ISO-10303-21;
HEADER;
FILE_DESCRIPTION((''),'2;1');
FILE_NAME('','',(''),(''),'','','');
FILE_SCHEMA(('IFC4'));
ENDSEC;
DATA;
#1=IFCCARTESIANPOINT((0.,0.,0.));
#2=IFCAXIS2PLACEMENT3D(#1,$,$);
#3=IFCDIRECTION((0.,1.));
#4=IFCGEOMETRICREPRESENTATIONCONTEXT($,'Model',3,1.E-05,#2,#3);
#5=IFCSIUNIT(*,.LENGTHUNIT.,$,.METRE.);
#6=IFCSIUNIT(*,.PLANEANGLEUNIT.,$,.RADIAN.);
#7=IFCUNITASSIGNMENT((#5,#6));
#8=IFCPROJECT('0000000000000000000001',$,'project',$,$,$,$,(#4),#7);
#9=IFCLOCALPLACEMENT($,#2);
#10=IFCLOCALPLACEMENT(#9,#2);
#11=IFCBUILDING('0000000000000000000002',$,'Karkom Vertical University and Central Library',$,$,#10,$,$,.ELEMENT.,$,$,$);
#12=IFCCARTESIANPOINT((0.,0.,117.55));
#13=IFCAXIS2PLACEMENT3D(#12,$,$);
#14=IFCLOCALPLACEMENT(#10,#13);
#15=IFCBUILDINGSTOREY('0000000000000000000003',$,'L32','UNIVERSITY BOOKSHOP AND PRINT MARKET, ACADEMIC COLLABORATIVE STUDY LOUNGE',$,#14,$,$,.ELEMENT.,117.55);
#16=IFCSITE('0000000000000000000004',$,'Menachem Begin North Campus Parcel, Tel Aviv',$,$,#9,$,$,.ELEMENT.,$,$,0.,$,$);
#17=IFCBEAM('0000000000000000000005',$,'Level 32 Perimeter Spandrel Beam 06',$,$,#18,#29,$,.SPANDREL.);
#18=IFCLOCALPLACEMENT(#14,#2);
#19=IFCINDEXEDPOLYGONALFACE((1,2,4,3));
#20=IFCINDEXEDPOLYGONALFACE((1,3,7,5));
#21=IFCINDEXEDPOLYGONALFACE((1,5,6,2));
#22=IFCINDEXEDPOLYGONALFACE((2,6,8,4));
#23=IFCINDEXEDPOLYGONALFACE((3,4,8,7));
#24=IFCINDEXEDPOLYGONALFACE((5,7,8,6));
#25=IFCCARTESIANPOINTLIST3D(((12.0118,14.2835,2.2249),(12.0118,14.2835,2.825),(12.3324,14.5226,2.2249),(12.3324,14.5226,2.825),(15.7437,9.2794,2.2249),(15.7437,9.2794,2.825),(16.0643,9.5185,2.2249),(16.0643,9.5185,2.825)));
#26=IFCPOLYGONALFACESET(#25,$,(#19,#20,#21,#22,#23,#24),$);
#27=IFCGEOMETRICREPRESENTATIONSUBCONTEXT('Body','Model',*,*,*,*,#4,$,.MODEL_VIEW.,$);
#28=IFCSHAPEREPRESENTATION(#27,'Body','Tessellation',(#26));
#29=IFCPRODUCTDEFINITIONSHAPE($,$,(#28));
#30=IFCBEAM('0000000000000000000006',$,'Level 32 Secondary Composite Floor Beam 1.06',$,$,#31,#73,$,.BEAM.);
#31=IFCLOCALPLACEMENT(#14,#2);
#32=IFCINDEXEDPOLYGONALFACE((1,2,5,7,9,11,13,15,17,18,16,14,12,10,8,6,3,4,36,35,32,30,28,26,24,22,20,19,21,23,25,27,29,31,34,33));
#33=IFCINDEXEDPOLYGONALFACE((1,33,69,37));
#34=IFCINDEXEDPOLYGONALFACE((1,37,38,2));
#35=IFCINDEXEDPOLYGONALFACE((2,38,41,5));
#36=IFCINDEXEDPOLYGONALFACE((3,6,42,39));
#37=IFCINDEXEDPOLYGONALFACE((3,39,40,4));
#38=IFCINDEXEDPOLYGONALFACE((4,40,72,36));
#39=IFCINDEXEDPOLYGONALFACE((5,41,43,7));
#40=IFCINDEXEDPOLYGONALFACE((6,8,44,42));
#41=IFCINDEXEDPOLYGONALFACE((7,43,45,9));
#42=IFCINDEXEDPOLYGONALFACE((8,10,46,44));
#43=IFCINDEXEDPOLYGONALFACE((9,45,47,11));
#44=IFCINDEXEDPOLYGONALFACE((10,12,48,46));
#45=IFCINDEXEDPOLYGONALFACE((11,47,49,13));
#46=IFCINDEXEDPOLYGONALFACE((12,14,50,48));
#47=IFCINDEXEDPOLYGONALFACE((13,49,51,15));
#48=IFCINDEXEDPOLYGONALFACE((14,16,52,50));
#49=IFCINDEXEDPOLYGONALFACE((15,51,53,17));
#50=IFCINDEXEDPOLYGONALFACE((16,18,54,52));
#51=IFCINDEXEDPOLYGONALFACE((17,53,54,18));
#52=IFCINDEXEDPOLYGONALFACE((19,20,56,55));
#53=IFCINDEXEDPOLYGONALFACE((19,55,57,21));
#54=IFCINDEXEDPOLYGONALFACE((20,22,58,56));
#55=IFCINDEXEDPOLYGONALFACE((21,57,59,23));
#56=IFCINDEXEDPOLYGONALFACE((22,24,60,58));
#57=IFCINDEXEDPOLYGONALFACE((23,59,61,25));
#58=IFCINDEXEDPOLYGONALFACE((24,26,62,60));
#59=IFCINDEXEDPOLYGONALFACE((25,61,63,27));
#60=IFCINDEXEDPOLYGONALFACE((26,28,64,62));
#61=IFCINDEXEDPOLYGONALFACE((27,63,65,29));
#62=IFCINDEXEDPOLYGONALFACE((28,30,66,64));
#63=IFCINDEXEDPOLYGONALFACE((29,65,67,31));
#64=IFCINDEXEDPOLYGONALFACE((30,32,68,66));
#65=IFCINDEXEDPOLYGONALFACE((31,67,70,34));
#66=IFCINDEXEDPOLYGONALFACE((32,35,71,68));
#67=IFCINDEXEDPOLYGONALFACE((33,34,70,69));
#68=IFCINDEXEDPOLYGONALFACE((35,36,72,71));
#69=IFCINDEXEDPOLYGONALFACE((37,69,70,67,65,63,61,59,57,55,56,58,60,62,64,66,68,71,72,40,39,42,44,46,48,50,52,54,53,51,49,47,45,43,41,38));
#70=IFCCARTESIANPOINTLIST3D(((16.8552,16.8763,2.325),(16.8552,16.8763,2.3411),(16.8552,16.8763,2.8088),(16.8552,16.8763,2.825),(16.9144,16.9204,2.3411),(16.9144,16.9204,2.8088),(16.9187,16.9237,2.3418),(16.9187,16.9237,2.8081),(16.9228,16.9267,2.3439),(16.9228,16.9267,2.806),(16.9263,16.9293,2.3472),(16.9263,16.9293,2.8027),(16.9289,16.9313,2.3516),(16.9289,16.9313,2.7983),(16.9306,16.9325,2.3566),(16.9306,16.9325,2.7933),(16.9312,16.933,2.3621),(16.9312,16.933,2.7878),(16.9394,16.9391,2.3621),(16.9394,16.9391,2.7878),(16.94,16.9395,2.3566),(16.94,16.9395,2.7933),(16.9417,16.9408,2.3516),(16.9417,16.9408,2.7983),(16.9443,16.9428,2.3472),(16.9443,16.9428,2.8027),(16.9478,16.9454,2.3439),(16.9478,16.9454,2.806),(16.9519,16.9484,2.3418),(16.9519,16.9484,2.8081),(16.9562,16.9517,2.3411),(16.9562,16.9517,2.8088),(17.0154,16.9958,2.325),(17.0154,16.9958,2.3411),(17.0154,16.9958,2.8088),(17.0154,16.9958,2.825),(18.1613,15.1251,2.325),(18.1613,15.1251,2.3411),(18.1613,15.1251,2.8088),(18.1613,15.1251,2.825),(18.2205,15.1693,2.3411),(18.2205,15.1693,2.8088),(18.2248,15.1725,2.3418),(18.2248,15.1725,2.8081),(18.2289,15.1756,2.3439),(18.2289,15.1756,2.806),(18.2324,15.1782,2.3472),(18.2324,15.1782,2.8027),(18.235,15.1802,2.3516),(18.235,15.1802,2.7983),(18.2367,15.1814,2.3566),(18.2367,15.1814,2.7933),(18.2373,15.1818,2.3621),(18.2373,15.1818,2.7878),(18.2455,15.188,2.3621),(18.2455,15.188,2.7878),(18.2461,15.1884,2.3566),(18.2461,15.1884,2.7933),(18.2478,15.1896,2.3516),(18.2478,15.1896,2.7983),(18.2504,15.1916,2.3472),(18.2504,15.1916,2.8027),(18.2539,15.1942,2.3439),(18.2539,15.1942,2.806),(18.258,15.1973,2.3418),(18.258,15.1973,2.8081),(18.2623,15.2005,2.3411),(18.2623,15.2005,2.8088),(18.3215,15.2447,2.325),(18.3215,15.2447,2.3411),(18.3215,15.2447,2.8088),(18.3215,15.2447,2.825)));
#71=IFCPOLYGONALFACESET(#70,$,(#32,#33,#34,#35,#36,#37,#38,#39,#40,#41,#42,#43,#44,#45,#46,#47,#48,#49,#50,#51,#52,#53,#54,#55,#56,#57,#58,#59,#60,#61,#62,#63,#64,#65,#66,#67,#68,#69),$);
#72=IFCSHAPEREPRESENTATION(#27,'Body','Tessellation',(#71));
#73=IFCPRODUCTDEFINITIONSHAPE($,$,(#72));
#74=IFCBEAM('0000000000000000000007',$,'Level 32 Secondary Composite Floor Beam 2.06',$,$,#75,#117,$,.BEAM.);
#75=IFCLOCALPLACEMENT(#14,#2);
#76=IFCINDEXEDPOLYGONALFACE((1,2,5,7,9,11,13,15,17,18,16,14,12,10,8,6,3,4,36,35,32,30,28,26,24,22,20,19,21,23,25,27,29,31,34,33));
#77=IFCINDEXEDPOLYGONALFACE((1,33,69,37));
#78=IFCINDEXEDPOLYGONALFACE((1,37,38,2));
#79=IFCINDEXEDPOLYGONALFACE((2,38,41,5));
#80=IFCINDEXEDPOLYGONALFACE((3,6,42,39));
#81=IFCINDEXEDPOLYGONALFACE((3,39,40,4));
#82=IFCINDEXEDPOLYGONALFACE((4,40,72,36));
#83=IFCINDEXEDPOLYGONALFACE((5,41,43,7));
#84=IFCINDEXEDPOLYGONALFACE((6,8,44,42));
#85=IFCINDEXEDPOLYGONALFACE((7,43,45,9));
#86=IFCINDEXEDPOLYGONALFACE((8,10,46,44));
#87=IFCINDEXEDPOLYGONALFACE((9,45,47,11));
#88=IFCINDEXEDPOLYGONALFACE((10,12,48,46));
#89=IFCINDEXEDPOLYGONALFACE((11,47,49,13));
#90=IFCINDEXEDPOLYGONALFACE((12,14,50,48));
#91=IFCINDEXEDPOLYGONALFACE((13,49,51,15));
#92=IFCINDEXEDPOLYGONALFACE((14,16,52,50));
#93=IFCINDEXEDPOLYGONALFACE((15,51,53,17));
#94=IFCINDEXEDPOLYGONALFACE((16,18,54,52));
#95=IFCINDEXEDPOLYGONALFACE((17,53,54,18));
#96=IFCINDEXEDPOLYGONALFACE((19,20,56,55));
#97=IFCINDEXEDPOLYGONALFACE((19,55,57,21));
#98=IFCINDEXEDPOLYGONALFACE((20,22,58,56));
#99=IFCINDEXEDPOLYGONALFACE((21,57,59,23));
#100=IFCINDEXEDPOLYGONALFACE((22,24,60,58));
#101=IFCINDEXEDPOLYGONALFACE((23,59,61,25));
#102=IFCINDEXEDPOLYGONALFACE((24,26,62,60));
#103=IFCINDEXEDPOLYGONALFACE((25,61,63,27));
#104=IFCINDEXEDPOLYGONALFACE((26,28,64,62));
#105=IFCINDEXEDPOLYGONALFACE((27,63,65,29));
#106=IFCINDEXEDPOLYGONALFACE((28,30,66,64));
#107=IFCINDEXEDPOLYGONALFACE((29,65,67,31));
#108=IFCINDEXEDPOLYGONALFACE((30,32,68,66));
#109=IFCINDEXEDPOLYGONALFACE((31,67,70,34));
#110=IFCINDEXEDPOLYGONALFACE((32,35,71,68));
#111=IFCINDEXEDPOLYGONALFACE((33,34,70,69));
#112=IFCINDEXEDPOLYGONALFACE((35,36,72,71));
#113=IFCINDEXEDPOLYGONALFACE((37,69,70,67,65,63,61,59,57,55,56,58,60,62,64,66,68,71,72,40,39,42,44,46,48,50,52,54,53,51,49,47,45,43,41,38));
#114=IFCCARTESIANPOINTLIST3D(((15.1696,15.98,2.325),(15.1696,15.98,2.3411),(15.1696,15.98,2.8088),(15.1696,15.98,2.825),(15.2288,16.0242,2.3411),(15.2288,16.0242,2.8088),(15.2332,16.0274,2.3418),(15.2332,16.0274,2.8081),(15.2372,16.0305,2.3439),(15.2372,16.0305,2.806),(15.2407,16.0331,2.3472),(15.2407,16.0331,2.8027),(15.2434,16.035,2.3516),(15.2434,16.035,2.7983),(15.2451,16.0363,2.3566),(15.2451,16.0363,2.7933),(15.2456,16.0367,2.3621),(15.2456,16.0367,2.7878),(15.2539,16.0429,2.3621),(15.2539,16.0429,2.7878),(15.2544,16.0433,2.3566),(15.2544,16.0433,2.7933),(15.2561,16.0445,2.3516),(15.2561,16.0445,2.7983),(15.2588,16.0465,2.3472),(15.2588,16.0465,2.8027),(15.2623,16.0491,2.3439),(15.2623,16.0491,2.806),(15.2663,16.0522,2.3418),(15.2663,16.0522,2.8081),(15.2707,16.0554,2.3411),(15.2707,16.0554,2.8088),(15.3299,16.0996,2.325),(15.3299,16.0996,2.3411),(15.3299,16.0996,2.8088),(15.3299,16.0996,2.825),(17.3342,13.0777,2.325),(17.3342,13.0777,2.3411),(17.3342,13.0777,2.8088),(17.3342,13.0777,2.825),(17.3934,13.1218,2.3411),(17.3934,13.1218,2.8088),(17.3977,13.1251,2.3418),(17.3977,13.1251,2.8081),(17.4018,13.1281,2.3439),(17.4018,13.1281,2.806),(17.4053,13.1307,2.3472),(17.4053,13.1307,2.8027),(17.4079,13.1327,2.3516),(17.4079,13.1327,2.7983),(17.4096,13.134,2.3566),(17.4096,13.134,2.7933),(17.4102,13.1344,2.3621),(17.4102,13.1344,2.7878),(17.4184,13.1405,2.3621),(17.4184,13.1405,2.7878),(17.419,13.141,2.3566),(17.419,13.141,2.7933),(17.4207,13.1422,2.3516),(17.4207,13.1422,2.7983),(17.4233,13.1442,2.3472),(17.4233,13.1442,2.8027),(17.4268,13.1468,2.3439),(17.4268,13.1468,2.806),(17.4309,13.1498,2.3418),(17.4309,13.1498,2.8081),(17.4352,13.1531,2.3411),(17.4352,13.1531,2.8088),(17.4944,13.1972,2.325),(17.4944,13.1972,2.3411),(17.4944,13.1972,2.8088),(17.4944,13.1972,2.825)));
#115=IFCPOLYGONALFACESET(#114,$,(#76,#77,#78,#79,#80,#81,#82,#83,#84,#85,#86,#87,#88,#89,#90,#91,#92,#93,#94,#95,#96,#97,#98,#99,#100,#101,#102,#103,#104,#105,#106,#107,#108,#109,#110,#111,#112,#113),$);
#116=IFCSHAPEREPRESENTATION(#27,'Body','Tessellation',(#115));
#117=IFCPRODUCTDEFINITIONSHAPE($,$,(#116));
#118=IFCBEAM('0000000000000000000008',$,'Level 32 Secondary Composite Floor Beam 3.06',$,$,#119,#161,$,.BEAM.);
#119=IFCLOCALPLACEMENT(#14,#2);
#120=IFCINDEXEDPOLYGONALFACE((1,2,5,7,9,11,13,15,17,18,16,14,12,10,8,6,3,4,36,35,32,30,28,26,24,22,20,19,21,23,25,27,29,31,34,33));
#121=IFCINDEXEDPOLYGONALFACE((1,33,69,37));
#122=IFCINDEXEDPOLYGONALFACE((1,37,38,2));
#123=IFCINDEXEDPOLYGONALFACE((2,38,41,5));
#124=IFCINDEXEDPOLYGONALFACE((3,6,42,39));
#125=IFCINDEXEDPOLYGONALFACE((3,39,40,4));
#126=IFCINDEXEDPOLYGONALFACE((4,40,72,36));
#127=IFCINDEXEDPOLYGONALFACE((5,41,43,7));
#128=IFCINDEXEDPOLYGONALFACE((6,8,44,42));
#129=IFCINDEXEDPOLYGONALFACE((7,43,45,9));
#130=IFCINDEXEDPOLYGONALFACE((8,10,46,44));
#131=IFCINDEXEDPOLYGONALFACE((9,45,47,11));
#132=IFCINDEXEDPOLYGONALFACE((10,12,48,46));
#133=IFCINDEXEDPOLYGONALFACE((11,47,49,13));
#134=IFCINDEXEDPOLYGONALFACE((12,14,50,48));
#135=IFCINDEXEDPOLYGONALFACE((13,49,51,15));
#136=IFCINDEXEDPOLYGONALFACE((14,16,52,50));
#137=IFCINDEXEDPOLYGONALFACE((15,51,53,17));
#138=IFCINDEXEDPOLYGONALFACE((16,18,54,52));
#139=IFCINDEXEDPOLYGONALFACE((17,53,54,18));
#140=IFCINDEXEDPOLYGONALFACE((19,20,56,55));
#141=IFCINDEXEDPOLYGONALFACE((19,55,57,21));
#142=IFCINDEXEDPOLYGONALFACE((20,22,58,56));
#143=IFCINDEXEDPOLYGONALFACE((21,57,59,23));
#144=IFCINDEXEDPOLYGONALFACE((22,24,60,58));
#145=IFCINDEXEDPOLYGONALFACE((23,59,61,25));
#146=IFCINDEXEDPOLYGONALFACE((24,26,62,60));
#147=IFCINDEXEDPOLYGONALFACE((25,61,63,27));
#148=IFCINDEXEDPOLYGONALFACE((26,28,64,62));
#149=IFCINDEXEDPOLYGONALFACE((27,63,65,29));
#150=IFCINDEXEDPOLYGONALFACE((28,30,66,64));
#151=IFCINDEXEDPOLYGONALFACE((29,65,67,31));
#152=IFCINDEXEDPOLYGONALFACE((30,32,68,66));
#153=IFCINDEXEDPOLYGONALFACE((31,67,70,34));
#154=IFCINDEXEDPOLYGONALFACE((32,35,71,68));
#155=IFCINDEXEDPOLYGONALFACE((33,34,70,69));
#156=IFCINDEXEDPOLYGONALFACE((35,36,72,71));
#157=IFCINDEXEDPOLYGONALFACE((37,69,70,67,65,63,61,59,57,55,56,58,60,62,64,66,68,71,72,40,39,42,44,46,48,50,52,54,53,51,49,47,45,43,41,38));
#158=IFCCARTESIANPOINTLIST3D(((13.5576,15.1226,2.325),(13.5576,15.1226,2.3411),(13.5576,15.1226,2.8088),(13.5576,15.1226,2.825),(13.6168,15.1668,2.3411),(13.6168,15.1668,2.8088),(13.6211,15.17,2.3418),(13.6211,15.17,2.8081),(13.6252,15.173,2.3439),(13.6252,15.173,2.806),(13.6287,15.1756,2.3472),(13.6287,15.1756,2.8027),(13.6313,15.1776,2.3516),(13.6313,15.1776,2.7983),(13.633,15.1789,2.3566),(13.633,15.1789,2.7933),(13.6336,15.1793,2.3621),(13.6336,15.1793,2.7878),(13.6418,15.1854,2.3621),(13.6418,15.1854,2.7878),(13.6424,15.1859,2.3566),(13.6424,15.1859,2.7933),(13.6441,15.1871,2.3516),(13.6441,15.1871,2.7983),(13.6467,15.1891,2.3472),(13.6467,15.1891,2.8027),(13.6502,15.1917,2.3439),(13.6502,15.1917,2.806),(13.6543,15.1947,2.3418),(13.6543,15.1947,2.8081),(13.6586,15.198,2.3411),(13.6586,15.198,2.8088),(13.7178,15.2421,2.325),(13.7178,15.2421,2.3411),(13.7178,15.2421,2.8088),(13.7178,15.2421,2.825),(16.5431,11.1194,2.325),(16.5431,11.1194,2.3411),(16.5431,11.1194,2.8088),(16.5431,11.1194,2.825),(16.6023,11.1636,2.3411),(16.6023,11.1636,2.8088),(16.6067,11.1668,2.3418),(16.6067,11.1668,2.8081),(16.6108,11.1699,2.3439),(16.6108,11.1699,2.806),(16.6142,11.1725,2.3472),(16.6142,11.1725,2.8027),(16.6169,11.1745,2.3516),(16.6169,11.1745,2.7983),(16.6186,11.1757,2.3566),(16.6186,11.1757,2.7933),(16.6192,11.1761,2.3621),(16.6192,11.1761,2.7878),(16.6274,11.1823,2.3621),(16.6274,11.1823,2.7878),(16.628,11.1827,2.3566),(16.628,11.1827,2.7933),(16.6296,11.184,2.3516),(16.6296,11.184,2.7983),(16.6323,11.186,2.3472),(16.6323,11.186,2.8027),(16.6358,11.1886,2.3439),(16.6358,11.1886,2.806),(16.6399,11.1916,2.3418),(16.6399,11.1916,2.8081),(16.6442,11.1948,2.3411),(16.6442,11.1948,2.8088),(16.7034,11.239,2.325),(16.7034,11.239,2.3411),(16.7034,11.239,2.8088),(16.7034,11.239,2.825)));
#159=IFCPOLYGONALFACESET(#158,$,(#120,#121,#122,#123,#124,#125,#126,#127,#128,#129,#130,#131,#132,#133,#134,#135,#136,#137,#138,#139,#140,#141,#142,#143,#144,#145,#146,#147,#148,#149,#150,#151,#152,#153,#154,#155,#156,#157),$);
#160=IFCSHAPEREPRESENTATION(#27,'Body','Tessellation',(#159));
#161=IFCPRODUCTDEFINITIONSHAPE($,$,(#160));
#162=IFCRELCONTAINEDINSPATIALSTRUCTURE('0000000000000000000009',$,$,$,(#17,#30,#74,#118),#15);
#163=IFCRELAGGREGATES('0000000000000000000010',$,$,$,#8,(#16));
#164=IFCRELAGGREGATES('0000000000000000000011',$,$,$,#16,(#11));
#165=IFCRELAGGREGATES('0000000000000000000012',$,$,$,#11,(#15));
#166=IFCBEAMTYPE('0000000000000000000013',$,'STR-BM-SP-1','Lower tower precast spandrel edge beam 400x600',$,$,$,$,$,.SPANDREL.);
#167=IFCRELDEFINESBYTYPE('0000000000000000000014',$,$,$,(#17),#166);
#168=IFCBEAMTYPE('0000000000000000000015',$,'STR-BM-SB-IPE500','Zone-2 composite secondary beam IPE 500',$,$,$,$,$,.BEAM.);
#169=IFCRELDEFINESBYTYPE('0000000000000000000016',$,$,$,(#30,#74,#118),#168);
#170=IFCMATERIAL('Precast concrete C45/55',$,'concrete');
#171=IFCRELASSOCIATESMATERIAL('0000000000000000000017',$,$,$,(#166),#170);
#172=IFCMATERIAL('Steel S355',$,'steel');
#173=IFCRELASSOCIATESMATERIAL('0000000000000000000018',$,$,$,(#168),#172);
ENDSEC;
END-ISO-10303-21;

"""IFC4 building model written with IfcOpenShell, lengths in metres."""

from ifc_helpers import new_model, si_unit, direction, frame, origin, origin_with_axes, origin_2d, place, context, subcontext, project, spatial, rectangle, i_section, extrude, source, transform, mapped, material, material_profile, profile_set, type_object, element, save


model = new_model("IFC4")

# Units and contexts
model_context = context("Model", 3, precision=1e-05, world=origin(), true_north=direction((0.0, 1.0)))
body_context = subcontext(model_context, "Body", "Model", "MODEL_VIEW")
ifc_project = project(units=[si_unit("LENGTHUNIT", "METRE"), si_unit("PLANEANGLEUNIT", "RADIAN")], contexts=[model_context])

# Site, building, storey
site_placement = place(None, origin())
site = spatial("IfcSite", under=ifc_project, at=site_placement, Name="Menachem Begin North Campus Parcel, Tel Aviv", CompositionType="ELEMENT", RefElevation=0.0)
building_placement = place(site_placement, origin())
building = spatial("IfcBuilding", under=site, at=building_placement, Name="Karkom Vertical University and Central Library", CompositionType="ELEMENT")
storey_placement = place(building_placement, frame((0.0, 0.0, 117.55)))
storey = spatial("IfcBuildingStorey", under=building, at=storey_placement, Name="L32", Description="UNIVERSITY BOOKSHOP AND PRINT MARKET, ACADEMIC COLLABORATIVE STUDY LOUNGE", CompositionType="ELEMENT", Elevation=117.55)

# Beams
ifc_material_1 = material(Name="Precast concrete C45/55", Category="concrete")
ifc_material_profile_1 = material_profile(ifc_material_1, rectangle(XDim=0.3999, YDim=0.6001, at=origin_2d()), Name="SPB-400x600")
ifc_profile_set_1 = profile_set([ifc_material_profile_1], Name="Precast concrete C45/55")
beam_type_1 = type_object("IfcBeamType", Name="STR-BM-SP-1", Description="Lower tower precast spandrel edge beam 400x600", PredefinedType="SPANDREL", material=ifc_profile_set_1)
shared_shape_1 = source(origin_with_axes(), body_context, "Body", "SweptSolid", [
    extrude(rectangle(XDim=0.3999, YDim=0.6001, at=origin_2d()), origin(), (0.0, 0.0, 1.0), 6.2424),
])
beam_1_placement = place(storey_placement, frame((12.1721, 14.4031, 2.5249), z_axis=(0.597826, -0.801626, 0.0), x_axis=(0.801626, 0.597826, 0.0)))
element("IfcBeam", 1, at=beam_1_placement, inside=storey, type_object=beam_type_1, Name="Level 32 Perimeter Spandrel Beam 06", PredefinedType="SPANDREL", context=body_context, shape_type="MappedRepresentation", body=[
    mapped(shared_shape_1, transform((0.0, 0.0, 0.0), scale=1.0)),
])
ifc_material_2 = material(Name="Steel S355", Category="steel")
ifc_material_profile_2 = material_profile(ifc_material_2, i_section(OverallWidth=0.2, OverallDepth=0.5, WebThickness=0.0103, FlangeThickness=0.0161, FilletRadius=0.021, at=origin_2d()), Name="IPE 500")
ifc_profile_set_2 = profile_set([ifc_material_profile_2], Name="Steel S355")
beam_type_2 = type_object("IfcBeamType", Name="STR-BM-SB-IPE500", Description="Zone-2 composite secondary beam IPE 500", PredefinedType="BEAM", material=ifc_profile_set_2)
shared_shape_2 = source(origin_with_axes(), body_context, "Body", "SweptSolid", [
    extrude(i_section(OverallWidth=0.2, OverallDepth=0.5, WebThickness=0.0103, FlangeThickness=0.0161, FilletRadius=0.021, at=origin_2d()), origin(), (0.0, 0.0, 1.0), 2.1846),
])
beam_2_placement = place(storey_placement, frame((16.9353, 16.936, 2.575), z_axis=(0.59787, -0.801593, 0.0), x_axis=(0.801593, 0.59787, 0.0)))
element("IfcBeam", 2, at=beam_2_placement, inside=storey, type_object=beam_type_2, Name="Level 32 Secondary Composite Floor Beam 1.06", PredefinedType="BEAM", context=body_context, shape_type="MappedRepresentation", body=[
    mapped(shared_shape_2, transform((0.0, 0.0, 0.0), scale=1.0)),
])
shared_shape_3 = source(origin_with_axes(), body_context, "Body", "SweptSolid", [
    extrude(i_section(OverallWidth=0.2, OverallDepth=0.5, WebThickness=0.0103, FlangeThickness=0.0161, FilletRadius=0.021, at=origin_2d()), origin(), (0.0, 0.0, 1.0), 3.6206),
])
beam_3_placement = place(storey_placement, frame((15.2498, 16.0398, 2.575), z_axis=(0.59784, -0.801615, 0.0), x_axis=(0.801615, 0.59784, 0.0)))
element("IfcBeam", 3, at=beam_3_placement, inside=storey, type_object=beam_type_2, Name="Level 32 Secondary Composite Floor Beam 2.06", PredefinedType="BEAM", context=body_context, shape_type="MappedRepresentation", body=[
    mapped(shared_shape_3, transform((0.0, 0.0, 0.0), scale=1.0)),
])
shared_shape_4 = source(origin_with_axes(), body_context, "Body", "SweptSolid", [
    extrude(i_section(OverallWidth=0.2, OverallDepth=0.5, WebThickness=0.0103, FlangeThickness=0.0161, FilletRadius=0.021, at=origin_2d()), origin(), (0.0, 0.0, 1.0), 4.9939),
])
beam_4_placement = place(storey_placement, frame((13.6377, 15.1824, 2.575), z_axis=(0.597847, -0.80161, 0.0), x_axis=(0.80161, 0.597847, 0.0)))
element("IfcBeam", 4, at=beam_4_placement, inside=storey, type_object=beam_type_2, Name="Level 32 Secondary Composite Floor Beam 3.06", PredefinedType="BEAM", context=body_context, shape_type="MappedRepresentation", body=[
    mapped(shared_shape_4, transform((0.0, 0.0, 0.0), scale=1.0)),
])

save(model, "model.ifc")
